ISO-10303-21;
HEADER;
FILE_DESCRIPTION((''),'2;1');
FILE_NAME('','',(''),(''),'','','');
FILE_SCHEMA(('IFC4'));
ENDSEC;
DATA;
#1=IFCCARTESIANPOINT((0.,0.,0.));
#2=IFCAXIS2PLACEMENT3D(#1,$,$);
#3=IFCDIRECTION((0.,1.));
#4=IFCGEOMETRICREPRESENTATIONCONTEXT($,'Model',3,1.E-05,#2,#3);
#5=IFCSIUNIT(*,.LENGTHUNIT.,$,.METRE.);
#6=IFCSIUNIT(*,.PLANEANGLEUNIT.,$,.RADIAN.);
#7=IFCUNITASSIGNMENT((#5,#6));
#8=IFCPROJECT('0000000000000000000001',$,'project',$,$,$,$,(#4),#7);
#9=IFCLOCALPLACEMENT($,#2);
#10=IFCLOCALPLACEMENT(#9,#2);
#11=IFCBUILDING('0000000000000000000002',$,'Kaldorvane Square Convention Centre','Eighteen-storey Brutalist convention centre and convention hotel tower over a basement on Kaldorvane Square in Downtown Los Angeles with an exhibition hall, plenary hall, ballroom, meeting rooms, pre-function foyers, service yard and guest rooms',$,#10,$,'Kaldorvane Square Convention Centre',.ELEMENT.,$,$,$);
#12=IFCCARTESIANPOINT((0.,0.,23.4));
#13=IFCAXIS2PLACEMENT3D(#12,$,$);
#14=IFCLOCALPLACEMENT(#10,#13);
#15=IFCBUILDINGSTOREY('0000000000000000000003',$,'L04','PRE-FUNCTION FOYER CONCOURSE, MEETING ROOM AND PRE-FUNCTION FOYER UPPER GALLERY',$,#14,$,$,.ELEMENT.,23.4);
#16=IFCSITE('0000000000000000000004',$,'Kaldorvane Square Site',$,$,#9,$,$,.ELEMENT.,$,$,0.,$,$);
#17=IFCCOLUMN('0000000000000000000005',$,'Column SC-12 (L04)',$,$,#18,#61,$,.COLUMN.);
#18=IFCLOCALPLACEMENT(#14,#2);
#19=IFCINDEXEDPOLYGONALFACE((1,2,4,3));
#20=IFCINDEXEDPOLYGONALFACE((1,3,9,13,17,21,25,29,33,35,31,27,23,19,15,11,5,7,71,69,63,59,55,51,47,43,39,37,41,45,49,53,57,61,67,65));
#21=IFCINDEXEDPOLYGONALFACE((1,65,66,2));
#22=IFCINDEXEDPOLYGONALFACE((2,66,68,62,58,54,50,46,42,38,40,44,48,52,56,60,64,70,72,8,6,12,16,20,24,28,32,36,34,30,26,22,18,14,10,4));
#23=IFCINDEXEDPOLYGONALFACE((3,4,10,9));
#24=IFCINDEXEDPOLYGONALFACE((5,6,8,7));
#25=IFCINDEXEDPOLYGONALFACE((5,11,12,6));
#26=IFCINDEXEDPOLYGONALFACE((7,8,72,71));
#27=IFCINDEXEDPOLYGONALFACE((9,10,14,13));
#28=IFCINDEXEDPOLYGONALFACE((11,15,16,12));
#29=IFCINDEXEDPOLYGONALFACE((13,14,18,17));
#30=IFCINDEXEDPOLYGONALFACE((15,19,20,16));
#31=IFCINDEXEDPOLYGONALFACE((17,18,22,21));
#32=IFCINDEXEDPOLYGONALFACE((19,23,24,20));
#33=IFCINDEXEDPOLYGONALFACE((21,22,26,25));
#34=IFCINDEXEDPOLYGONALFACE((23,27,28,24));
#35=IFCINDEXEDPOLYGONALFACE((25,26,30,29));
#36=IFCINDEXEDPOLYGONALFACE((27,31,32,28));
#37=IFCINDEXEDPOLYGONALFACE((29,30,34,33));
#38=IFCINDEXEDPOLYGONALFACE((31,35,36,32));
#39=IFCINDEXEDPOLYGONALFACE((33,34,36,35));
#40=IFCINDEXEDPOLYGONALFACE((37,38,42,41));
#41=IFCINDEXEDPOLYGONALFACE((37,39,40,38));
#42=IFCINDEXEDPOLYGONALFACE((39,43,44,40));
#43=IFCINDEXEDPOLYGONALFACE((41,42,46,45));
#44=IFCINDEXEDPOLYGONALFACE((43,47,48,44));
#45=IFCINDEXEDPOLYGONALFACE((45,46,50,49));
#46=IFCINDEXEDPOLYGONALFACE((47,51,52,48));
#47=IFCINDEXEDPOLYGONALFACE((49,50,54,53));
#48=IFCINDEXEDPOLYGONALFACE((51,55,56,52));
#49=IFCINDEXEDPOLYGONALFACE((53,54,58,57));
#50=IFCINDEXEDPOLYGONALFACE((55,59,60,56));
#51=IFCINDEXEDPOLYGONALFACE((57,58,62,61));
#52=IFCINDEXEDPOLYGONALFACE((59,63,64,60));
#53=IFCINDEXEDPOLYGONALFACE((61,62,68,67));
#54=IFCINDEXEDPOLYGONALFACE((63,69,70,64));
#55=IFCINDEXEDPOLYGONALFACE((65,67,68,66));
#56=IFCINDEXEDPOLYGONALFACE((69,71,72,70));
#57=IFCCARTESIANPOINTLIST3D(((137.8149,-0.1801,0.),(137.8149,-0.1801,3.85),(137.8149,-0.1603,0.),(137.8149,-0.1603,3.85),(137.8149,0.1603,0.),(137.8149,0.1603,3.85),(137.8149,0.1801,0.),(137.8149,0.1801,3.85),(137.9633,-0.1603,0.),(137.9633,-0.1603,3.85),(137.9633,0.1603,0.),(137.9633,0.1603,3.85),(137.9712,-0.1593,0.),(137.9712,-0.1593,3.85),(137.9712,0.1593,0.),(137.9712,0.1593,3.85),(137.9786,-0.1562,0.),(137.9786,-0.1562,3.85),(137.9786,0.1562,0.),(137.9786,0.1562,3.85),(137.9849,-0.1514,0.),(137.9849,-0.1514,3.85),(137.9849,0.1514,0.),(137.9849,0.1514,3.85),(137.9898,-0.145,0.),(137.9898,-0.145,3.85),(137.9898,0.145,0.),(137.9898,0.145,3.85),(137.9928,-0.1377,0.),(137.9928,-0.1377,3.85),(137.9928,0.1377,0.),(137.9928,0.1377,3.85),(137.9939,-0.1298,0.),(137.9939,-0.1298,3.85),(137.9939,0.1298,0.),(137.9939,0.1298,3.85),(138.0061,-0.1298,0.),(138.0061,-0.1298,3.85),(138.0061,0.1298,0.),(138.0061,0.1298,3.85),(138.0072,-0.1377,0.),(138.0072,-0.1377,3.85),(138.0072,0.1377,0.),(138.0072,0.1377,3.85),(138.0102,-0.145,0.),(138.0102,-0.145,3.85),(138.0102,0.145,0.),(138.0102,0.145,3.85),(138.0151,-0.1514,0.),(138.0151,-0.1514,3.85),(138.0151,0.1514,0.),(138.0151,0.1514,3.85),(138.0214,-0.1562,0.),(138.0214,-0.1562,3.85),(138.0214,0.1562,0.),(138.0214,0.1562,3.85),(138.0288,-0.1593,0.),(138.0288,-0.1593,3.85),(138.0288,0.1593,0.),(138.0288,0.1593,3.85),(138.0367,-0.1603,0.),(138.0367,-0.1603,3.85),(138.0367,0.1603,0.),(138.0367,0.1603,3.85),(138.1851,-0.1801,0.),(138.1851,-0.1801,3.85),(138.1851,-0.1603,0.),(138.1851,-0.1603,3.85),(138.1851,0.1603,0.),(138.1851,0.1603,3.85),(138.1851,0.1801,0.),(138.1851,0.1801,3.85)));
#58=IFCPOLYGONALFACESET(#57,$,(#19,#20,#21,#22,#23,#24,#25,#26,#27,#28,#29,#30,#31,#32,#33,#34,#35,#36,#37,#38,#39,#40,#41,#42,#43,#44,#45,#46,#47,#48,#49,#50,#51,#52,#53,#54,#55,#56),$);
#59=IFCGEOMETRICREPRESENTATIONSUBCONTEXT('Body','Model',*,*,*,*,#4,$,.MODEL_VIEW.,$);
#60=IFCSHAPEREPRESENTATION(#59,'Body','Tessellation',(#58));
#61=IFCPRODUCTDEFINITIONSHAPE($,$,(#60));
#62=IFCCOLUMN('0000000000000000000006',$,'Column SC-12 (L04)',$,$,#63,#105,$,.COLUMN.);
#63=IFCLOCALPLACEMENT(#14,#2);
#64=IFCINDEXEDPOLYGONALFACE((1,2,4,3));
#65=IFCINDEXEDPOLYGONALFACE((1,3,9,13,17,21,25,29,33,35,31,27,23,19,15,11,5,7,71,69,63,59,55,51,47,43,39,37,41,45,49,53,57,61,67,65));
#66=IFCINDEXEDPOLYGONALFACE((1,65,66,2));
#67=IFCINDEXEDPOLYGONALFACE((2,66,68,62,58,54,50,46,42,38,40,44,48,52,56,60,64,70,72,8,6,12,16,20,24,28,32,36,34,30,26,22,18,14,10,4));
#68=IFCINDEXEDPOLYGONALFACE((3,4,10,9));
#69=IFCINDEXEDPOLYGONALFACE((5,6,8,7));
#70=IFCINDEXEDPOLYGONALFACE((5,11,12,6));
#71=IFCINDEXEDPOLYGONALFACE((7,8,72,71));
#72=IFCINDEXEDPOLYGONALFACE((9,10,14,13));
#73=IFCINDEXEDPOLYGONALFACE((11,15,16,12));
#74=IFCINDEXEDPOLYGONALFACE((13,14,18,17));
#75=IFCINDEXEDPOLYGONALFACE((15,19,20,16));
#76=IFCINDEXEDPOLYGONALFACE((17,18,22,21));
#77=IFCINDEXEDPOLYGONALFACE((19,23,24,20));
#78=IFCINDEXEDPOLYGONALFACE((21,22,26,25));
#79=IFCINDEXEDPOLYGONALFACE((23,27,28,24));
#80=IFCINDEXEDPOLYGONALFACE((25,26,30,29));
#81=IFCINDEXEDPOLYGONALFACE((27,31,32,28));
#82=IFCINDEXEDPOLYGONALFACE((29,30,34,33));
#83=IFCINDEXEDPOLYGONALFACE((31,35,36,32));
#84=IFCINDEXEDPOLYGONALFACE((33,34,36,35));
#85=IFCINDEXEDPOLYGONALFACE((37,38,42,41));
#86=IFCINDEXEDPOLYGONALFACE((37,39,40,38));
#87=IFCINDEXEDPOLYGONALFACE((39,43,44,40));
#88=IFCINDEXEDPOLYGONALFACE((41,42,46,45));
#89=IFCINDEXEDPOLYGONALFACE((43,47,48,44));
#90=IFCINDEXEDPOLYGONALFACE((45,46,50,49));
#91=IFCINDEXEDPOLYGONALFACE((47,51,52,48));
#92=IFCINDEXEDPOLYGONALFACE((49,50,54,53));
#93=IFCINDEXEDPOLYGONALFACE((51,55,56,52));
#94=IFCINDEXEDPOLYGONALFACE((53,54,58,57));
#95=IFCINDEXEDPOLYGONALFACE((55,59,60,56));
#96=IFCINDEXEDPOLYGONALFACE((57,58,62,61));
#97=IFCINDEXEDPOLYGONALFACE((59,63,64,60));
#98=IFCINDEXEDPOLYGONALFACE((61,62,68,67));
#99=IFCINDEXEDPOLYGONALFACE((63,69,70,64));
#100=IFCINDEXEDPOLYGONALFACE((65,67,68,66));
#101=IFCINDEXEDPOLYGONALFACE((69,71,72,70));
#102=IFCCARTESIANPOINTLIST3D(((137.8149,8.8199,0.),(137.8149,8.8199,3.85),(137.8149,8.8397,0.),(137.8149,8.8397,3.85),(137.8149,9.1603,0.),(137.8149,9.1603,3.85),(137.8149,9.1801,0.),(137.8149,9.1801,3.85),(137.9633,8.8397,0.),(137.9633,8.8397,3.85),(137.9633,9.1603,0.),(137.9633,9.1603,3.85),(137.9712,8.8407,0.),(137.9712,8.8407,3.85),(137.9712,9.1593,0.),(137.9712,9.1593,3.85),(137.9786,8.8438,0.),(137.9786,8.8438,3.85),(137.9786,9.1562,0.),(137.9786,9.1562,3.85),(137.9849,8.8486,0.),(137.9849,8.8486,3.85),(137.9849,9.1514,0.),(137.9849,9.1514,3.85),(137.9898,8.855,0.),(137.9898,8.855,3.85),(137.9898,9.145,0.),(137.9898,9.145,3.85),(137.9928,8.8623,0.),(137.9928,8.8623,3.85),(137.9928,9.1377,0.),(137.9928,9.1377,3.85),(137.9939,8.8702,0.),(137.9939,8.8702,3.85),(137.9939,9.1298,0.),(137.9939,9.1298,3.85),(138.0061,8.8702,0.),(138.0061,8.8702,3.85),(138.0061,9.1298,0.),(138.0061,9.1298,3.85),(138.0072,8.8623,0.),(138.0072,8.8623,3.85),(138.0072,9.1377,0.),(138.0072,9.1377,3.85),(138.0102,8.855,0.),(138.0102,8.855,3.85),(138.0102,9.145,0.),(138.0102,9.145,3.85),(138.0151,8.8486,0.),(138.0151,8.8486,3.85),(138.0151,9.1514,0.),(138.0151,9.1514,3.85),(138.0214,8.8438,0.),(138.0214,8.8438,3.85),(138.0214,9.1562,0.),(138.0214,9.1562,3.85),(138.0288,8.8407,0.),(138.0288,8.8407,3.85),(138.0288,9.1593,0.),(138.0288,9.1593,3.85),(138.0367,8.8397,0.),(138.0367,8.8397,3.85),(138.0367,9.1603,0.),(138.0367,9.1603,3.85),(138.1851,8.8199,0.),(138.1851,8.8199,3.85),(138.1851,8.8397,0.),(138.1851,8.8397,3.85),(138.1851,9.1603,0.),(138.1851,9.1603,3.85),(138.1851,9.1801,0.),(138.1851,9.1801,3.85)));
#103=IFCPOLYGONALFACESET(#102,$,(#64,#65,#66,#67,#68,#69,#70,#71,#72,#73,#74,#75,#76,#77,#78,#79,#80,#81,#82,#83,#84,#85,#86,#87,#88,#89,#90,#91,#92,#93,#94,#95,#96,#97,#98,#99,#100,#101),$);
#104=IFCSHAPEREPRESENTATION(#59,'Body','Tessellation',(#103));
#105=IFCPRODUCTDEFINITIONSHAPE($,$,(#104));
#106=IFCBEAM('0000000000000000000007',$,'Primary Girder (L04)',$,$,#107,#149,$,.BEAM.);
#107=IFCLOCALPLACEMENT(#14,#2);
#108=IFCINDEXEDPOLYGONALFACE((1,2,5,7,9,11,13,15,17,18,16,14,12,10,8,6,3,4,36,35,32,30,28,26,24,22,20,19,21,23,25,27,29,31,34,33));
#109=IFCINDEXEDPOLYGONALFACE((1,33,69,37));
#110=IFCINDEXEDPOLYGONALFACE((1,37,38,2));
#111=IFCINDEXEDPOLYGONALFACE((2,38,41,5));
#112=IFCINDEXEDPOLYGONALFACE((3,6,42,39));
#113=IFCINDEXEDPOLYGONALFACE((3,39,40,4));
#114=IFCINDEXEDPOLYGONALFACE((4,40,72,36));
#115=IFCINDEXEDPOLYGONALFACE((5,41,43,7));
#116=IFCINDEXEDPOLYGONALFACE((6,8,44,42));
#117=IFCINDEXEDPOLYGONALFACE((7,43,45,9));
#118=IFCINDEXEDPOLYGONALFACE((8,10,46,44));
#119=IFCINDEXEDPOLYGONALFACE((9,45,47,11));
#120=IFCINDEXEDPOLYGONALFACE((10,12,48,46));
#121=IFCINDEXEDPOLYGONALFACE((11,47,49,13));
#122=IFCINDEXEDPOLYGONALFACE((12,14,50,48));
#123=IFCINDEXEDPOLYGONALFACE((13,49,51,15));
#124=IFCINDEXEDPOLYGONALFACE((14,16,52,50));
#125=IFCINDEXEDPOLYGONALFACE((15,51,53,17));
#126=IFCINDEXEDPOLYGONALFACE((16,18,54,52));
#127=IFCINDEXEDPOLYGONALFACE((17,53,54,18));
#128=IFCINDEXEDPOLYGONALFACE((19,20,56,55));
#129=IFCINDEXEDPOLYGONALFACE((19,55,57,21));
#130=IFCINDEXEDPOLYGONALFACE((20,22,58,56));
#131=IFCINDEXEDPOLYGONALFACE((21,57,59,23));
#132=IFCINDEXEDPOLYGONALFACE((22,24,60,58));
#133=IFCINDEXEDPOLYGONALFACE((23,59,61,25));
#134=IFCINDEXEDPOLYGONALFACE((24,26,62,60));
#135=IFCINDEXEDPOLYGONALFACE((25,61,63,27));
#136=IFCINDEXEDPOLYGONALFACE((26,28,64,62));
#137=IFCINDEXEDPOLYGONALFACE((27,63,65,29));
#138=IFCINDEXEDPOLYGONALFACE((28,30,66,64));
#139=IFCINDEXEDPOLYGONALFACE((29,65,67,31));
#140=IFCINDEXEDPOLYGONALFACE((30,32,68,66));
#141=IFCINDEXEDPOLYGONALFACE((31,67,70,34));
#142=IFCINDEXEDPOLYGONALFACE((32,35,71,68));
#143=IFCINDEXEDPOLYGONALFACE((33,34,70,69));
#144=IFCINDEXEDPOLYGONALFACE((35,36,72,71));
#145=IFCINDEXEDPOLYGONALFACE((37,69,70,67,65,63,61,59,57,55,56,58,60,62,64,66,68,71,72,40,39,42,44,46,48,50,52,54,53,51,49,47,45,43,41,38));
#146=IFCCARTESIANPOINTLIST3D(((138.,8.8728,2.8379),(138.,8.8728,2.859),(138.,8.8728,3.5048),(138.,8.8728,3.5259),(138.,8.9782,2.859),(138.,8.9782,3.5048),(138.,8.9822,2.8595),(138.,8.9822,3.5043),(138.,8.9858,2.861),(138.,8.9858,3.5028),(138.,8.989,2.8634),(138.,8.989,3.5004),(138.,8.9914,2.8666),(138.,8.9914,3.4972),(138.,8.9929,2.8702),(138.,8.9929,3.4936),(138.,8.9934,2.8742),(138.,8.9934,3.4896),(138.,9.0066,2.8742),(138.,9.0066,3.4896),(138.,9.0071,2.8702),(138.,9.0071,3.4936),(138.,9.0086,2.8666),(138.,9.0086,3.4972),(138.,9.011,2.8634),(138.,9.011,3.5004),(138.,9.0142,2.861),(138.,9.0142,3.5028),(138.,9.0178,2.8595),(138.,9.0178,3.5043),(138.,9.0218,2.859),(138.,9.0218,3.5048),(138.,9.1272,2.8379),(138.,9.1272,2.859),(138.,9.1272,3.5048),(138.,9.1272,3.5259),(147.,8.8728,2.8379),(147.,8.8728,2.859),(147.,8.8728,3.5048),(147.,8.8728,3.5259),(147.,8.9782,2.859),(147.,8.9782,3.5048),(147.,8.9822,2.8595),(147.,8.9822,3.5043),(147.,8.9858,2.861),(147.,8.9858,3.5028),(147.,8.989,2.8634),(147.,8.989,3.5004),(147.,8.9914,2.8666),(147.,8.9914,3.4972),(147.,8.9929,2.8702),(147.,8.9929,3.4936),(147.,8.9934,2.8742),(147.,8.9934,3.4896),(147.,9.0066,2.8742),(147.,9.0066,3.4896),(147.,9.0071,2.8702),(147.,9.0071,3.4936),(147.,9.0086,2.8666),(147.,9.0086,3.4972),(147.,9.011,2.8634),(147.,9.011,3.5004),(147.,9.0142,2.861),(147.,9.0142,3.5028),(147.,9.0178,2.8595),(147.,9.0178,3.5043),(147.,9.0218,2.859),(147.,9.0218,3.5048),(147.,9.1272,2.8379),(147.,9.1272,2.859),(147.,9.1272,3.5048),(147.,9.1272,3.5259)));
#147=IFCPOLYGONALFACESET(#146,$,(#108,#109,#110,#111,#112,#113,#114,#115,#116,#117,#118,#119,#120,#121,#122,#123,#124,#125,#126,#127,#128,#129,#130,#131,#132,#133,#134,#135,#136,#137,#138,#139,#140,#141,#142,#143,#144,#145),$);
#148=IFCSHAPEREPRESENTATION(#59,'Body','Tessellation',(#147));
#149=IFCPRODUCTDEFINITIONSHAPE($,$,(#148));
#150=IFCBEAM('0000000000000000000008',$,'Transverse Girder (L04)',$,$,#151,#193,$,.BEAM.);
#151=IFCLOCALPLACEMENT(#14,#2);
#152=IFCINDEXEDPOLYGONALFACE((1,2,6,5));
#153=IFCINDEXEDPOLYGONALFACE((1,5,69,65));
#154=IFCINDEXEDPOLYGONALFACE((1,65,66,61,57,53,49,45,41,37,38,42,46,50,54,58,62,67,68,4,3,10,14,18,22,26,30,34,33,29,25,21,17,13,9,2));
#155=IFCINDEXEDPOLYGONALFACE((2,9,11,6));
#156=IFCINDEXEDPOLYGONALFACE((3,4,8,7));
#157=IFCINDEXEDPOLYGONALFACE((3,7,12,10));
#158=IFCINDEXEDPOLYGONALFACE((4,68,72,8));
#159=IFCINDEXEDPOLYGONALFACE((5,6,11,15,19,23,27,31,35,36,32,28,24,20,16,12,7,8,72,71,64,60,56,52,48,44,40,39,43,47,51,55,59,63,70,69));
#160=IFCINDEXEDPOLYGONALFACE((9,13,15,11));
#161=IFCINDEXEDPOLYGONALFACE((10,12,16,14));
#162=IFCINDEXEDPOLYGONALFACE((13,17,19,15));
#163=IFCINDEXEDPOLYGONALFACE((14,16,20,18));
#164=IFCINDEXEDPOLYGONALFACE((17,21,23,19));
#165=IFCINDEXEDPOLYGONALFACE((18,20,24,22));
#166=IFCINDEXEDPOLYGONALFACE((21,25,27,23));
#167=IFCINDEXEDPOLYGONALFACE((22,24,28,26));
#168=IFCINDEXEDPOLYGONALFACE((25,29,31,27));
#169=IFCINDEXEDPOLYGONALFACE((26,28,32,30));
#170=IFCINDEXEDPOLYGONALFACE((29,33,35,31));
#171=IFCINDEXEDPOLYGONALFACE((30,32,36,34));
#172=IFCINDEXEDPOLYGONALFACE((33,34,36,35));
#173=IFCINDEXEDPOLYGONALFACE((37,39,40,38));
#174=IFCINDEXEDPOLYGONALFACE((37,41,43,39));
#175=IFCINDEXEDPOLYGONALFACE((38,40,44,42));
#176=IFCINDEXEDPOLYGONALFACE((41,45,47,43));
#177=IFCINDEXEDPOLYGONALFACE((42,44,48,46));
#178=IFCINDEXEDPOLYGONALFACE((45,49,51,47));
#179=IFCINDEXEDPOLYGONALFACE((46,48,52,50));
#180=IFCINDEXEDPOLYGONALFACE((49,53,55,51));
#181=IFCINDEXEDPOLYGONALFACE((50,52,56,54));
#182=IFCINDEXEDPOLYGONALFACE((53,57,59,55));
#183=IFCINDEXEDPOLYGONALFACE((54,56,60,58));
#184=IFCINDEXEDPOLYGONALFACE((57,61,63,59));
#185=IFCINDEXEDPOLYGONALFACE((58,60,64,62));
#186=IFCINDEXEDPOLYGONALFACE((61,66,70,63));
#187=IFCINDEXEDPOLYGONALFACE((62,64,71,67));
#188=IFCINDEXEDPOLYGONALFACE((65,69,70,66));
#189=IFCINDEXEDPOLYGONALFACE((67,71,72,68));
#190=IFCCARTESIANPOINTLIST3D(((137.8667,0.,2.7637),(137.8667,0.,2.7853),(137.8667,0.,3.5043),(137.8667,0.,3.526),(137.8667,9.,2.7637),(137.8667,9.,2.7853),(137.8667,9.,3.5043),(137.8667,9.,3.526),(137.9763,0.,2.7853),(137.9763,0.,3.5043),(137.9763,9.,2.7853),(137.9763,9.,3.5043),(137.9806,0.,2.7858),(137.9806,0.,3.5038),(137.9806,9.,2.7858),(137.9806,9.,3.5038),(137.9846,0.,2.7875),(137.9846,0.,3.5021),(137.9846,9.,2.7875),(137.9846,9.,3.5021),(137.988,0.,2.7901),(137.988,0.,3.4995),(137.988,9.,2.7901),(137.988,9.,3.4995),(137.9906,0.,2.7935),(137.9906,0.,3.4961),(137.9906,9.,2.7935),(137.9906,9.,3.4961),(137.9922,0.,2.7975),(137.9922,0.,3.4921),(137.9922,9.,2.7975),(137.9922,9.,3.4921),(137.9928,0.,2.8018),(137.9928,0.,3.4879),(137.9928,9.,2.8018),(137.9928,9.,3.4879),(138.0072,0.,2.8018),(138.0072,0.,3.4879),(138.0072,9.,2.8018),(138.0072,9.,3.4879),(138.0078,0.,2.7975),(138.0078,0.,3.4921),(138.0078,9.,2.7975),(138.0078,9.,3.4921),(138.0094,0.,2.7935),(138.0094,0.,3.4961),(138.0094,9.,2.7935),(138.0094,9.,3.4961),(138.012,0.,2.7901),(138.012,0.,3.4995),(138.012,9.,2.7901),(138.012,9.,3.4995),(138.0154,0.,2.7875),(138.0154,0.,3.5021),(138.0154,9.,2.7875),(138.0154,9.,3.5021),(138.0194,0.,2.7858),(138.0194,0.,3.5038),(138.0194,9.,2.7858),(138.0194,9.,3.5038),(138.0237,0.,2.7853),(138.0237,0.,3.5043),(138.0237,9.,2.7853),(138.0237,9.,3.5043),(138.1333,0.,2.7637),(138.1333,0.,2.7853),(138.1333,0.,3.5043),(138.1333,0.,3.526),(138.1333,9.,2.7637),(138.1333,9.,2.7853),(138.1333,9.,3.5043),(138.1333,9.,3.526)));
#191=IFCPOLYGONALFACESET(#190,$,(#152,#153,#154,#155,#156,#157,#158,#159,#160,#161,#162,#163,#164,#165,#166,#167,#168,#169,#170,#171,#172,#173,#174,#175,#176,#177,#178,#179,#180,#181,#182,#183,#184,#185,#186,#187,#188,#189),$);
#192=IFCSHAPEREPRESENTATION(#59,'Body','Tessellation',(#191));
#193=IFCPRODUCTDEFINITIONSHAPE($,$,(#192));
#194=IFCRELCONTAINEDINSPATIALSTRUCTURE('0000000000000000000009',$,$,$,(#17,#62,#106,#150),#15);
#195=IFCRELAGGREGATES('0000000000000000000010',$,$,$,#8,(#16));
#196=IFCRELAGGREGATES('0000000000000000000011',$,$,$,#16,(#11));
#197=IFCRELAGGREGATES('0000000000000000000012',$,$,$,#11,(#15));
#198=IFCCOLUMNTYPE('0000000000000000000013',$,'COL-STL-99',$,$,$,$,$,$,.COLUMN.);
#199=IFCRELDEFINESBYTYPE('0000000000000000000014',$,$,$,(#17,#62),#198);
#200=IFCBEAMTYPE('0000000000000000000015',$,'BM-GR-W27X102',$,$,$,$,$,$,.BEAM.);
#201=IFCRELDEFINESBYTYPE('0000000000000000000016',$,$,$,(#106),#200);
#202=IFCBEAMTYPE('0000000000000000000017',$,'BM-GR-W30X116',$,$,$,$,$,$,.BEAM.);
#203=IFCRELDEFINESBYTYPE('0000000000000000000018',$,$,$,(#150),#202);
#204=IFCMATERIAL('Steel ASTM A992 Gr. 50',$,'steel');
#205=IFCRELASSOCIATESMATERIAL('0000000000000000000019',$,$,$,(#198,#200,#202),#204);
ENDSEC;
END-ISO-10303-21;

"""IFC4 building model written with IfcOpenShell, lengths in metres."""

from ifc_helpers import new_model, si_unit, direction, frame, origin, origin_2d, place, context, subcontext, project, spatial, i_section, extrude, material, material_profile, profile_set, type_object, element, save


model = new_model("IFC4")

# Units and contexts
model_context = context("Model", 3, precision=1e-05, world=origin(), true_north=direction((0.0, 1.0)))
body_context = subcontext(model_context, "Body", "Model", "MODEL_VIEW")
ifc_project = project(units=[si_unit("LENGTHUNIT", "METRE"), si_unit("PLANEANGLEUNIT", "RADIAN")], contexts=[model_context])

# Site, building, storey
site_placement = place(None, origin())
site = spatial("IfcSite", under=ifc_project, at=site_placement, Name="Kaldorvane Square Site", CompositionType="ELEMENT", RefElevation=0.0)
building_placement = place(site_placement, origin())
building = spatial("IfcBuilding", under=site, at=building_placement, Name="Kaldorvane Square Convention Centre", Description="Eighteen-storey Brutalist convention centre and convention hotel tower over a basement on Kaldorvane Square in Downtown Los Angeles with an exhibition hall, plenary hall, ballroom, meeting rooms, pre-function foyers, service yard and guest rooms", LongName="Kaldorvane Square Convention Centre", CompositionType="ELEMENT")
storey_placement = place(building_placement, frame((0.0, 0.0, 23.4)))
storey = spatial("IfcBuildingStorey", under=building, at=storey_placement, Name="L04", Description="PRE-FUNCTION FOYER CONCOURSE, MEETING ROOM AND PRE-FUNCTION FOYER UPPER GALLERY", CompositionType="ELEMENT", Elevation=23.4)

# Columns
ifc_material_1 = material(Name="Steel ASTM A992 Gr. 50", Category="steel")
ifc_material_profile_1 = material_profile(ifc_material_1, i_section(OverallWidth=0.3701, OverallDepth=0.3602, WebThickness=0.0123, FlangeThickness=0.0198, FilletRadius=0.0305, at=origin_2d()), Name="W14X99")
ifc_profile_set_1 = profile_set([ifc_material_profile_1], Name="Steel ASTM A992 Gr. 50")
column_type = type_object("IfcColumnType", Name="COL-STL-99", PredefinedType="COLUMN", material=ifc_profile_set_1)
for number, where, z_axis, x_axis, name in (
    (1, (138.0, 0.0, 0.0), (0.0, 0.0, 1.0), (1.0, 0.0, 0.0), "Column SC-12 (L04)"),
    (2, (138.0, 9.0, 0.0), (0.0, 0.0, 1.0), (1.0, 0.0, 0.0), "Column SC-12 (L04)"),
):
    element("IfcColumn", number, at=place(storey_placement, frame(where, z_axis=z_axis, x_axis=x_axis)), inside=storey, type_object=column_type, Name=name, PredefinedType="COLUMN", context=body_context, shape_type="SweptSolid", body=[
        extrude(i_section(OverallWidth=0.3701, OverallDepth=0.3602, WebThickness=0.0123, FlangeThickness=0.0198, FilletRadius=0.0305, at=origin_2d()), origin(), (0.0, 0.0, 1.0), 3.85),
    ])

# Beams
ifc_material_profile_2 = material_profile(ifc_material_1, i_section(OverallWidth=0.2544, OverallDepth=0.6881, WebThickness=0.0131, FlangeThickness=0.0211, FilletRadius=0.0152, at=origin_2d()), Name="W27X102")
ifc_profile_set_2 = profile_set([ifc_material_profile_2], Name="Steel ASTM A992 Gr. 50")
beam_type_1 = type_object("IfcBeamType", Name="BM-GR-W27X102", PredefinedType="BEAM", material=ifc_profile_set_2)
beam_1_placement = place(storey_placement, frame((138.0, 9.0, 3.1819), z_axis=(1.0, 0.0, 0.0), x_axis=(0.0, 1.0, 0.0)))
element("IfcBeam", 3, at=beam_1_placement, inside=storey, type_object=beam_type_1, Name="Primary Girder (L04)", PredefinedType="BEAM", context=body_context, shape_type="SweptSolid", body=[
    extrude(i_section(OverallWidth=0.2544, OverallDepth=0.6881, WebThickness=0.0131, FlangeThickness=0.0211, FilletRadius=0.0152, at=origin_2d()), origin(), (0.0, 0.0, 1.0), 9.0),
])
ifc_material_profile_3 = material_profile(ifc_material_1, i_section(OverallWidth=0.2666, OverallDepth=0.7623, WebThickness=0.0144, FlangeThickness=0.0216, FilletRadius=0.0165, at=origin_2d()), Name="W30X116")
ifc_profile_set_3 = profile_set([ifc_material_profile_3], Name="Steel ASTM A992 Gr. 50")
beam_type_2 = type_object("IfcBeamType", Name="BM-GR-W30X116", PredefinedType="BEAM", material=ifc_profile_set_3)
for number, where, z_axis, x_axis, name in (
    (4, (138.0, 0.0, 3.1448), (0.0, 1.0, 0.0), (-1.0, 0.0, 0.0), "Transverse Girder (L04)"),
):
    element("IfcBeam", number, at=place(storey_placement, frame(where, z_axis=z_axis, x_axis=x_axis)), inside=storey, type_object=beam_type_2, Name=name, PredefinedType="BEAM", context=body_context, shape_type="SweptSolid", body=[
        extrude(i_section(OverallWidth=0.2666, OverallDepth=0.7623, WebThickness=0.0144, FlangeThickness=0.0216, FilletRadius=0.0165, at=origin_2d()), origin(), (0.0, 0.0, 1.0), 9.0),
    ])

save(model, "model.ifc")
